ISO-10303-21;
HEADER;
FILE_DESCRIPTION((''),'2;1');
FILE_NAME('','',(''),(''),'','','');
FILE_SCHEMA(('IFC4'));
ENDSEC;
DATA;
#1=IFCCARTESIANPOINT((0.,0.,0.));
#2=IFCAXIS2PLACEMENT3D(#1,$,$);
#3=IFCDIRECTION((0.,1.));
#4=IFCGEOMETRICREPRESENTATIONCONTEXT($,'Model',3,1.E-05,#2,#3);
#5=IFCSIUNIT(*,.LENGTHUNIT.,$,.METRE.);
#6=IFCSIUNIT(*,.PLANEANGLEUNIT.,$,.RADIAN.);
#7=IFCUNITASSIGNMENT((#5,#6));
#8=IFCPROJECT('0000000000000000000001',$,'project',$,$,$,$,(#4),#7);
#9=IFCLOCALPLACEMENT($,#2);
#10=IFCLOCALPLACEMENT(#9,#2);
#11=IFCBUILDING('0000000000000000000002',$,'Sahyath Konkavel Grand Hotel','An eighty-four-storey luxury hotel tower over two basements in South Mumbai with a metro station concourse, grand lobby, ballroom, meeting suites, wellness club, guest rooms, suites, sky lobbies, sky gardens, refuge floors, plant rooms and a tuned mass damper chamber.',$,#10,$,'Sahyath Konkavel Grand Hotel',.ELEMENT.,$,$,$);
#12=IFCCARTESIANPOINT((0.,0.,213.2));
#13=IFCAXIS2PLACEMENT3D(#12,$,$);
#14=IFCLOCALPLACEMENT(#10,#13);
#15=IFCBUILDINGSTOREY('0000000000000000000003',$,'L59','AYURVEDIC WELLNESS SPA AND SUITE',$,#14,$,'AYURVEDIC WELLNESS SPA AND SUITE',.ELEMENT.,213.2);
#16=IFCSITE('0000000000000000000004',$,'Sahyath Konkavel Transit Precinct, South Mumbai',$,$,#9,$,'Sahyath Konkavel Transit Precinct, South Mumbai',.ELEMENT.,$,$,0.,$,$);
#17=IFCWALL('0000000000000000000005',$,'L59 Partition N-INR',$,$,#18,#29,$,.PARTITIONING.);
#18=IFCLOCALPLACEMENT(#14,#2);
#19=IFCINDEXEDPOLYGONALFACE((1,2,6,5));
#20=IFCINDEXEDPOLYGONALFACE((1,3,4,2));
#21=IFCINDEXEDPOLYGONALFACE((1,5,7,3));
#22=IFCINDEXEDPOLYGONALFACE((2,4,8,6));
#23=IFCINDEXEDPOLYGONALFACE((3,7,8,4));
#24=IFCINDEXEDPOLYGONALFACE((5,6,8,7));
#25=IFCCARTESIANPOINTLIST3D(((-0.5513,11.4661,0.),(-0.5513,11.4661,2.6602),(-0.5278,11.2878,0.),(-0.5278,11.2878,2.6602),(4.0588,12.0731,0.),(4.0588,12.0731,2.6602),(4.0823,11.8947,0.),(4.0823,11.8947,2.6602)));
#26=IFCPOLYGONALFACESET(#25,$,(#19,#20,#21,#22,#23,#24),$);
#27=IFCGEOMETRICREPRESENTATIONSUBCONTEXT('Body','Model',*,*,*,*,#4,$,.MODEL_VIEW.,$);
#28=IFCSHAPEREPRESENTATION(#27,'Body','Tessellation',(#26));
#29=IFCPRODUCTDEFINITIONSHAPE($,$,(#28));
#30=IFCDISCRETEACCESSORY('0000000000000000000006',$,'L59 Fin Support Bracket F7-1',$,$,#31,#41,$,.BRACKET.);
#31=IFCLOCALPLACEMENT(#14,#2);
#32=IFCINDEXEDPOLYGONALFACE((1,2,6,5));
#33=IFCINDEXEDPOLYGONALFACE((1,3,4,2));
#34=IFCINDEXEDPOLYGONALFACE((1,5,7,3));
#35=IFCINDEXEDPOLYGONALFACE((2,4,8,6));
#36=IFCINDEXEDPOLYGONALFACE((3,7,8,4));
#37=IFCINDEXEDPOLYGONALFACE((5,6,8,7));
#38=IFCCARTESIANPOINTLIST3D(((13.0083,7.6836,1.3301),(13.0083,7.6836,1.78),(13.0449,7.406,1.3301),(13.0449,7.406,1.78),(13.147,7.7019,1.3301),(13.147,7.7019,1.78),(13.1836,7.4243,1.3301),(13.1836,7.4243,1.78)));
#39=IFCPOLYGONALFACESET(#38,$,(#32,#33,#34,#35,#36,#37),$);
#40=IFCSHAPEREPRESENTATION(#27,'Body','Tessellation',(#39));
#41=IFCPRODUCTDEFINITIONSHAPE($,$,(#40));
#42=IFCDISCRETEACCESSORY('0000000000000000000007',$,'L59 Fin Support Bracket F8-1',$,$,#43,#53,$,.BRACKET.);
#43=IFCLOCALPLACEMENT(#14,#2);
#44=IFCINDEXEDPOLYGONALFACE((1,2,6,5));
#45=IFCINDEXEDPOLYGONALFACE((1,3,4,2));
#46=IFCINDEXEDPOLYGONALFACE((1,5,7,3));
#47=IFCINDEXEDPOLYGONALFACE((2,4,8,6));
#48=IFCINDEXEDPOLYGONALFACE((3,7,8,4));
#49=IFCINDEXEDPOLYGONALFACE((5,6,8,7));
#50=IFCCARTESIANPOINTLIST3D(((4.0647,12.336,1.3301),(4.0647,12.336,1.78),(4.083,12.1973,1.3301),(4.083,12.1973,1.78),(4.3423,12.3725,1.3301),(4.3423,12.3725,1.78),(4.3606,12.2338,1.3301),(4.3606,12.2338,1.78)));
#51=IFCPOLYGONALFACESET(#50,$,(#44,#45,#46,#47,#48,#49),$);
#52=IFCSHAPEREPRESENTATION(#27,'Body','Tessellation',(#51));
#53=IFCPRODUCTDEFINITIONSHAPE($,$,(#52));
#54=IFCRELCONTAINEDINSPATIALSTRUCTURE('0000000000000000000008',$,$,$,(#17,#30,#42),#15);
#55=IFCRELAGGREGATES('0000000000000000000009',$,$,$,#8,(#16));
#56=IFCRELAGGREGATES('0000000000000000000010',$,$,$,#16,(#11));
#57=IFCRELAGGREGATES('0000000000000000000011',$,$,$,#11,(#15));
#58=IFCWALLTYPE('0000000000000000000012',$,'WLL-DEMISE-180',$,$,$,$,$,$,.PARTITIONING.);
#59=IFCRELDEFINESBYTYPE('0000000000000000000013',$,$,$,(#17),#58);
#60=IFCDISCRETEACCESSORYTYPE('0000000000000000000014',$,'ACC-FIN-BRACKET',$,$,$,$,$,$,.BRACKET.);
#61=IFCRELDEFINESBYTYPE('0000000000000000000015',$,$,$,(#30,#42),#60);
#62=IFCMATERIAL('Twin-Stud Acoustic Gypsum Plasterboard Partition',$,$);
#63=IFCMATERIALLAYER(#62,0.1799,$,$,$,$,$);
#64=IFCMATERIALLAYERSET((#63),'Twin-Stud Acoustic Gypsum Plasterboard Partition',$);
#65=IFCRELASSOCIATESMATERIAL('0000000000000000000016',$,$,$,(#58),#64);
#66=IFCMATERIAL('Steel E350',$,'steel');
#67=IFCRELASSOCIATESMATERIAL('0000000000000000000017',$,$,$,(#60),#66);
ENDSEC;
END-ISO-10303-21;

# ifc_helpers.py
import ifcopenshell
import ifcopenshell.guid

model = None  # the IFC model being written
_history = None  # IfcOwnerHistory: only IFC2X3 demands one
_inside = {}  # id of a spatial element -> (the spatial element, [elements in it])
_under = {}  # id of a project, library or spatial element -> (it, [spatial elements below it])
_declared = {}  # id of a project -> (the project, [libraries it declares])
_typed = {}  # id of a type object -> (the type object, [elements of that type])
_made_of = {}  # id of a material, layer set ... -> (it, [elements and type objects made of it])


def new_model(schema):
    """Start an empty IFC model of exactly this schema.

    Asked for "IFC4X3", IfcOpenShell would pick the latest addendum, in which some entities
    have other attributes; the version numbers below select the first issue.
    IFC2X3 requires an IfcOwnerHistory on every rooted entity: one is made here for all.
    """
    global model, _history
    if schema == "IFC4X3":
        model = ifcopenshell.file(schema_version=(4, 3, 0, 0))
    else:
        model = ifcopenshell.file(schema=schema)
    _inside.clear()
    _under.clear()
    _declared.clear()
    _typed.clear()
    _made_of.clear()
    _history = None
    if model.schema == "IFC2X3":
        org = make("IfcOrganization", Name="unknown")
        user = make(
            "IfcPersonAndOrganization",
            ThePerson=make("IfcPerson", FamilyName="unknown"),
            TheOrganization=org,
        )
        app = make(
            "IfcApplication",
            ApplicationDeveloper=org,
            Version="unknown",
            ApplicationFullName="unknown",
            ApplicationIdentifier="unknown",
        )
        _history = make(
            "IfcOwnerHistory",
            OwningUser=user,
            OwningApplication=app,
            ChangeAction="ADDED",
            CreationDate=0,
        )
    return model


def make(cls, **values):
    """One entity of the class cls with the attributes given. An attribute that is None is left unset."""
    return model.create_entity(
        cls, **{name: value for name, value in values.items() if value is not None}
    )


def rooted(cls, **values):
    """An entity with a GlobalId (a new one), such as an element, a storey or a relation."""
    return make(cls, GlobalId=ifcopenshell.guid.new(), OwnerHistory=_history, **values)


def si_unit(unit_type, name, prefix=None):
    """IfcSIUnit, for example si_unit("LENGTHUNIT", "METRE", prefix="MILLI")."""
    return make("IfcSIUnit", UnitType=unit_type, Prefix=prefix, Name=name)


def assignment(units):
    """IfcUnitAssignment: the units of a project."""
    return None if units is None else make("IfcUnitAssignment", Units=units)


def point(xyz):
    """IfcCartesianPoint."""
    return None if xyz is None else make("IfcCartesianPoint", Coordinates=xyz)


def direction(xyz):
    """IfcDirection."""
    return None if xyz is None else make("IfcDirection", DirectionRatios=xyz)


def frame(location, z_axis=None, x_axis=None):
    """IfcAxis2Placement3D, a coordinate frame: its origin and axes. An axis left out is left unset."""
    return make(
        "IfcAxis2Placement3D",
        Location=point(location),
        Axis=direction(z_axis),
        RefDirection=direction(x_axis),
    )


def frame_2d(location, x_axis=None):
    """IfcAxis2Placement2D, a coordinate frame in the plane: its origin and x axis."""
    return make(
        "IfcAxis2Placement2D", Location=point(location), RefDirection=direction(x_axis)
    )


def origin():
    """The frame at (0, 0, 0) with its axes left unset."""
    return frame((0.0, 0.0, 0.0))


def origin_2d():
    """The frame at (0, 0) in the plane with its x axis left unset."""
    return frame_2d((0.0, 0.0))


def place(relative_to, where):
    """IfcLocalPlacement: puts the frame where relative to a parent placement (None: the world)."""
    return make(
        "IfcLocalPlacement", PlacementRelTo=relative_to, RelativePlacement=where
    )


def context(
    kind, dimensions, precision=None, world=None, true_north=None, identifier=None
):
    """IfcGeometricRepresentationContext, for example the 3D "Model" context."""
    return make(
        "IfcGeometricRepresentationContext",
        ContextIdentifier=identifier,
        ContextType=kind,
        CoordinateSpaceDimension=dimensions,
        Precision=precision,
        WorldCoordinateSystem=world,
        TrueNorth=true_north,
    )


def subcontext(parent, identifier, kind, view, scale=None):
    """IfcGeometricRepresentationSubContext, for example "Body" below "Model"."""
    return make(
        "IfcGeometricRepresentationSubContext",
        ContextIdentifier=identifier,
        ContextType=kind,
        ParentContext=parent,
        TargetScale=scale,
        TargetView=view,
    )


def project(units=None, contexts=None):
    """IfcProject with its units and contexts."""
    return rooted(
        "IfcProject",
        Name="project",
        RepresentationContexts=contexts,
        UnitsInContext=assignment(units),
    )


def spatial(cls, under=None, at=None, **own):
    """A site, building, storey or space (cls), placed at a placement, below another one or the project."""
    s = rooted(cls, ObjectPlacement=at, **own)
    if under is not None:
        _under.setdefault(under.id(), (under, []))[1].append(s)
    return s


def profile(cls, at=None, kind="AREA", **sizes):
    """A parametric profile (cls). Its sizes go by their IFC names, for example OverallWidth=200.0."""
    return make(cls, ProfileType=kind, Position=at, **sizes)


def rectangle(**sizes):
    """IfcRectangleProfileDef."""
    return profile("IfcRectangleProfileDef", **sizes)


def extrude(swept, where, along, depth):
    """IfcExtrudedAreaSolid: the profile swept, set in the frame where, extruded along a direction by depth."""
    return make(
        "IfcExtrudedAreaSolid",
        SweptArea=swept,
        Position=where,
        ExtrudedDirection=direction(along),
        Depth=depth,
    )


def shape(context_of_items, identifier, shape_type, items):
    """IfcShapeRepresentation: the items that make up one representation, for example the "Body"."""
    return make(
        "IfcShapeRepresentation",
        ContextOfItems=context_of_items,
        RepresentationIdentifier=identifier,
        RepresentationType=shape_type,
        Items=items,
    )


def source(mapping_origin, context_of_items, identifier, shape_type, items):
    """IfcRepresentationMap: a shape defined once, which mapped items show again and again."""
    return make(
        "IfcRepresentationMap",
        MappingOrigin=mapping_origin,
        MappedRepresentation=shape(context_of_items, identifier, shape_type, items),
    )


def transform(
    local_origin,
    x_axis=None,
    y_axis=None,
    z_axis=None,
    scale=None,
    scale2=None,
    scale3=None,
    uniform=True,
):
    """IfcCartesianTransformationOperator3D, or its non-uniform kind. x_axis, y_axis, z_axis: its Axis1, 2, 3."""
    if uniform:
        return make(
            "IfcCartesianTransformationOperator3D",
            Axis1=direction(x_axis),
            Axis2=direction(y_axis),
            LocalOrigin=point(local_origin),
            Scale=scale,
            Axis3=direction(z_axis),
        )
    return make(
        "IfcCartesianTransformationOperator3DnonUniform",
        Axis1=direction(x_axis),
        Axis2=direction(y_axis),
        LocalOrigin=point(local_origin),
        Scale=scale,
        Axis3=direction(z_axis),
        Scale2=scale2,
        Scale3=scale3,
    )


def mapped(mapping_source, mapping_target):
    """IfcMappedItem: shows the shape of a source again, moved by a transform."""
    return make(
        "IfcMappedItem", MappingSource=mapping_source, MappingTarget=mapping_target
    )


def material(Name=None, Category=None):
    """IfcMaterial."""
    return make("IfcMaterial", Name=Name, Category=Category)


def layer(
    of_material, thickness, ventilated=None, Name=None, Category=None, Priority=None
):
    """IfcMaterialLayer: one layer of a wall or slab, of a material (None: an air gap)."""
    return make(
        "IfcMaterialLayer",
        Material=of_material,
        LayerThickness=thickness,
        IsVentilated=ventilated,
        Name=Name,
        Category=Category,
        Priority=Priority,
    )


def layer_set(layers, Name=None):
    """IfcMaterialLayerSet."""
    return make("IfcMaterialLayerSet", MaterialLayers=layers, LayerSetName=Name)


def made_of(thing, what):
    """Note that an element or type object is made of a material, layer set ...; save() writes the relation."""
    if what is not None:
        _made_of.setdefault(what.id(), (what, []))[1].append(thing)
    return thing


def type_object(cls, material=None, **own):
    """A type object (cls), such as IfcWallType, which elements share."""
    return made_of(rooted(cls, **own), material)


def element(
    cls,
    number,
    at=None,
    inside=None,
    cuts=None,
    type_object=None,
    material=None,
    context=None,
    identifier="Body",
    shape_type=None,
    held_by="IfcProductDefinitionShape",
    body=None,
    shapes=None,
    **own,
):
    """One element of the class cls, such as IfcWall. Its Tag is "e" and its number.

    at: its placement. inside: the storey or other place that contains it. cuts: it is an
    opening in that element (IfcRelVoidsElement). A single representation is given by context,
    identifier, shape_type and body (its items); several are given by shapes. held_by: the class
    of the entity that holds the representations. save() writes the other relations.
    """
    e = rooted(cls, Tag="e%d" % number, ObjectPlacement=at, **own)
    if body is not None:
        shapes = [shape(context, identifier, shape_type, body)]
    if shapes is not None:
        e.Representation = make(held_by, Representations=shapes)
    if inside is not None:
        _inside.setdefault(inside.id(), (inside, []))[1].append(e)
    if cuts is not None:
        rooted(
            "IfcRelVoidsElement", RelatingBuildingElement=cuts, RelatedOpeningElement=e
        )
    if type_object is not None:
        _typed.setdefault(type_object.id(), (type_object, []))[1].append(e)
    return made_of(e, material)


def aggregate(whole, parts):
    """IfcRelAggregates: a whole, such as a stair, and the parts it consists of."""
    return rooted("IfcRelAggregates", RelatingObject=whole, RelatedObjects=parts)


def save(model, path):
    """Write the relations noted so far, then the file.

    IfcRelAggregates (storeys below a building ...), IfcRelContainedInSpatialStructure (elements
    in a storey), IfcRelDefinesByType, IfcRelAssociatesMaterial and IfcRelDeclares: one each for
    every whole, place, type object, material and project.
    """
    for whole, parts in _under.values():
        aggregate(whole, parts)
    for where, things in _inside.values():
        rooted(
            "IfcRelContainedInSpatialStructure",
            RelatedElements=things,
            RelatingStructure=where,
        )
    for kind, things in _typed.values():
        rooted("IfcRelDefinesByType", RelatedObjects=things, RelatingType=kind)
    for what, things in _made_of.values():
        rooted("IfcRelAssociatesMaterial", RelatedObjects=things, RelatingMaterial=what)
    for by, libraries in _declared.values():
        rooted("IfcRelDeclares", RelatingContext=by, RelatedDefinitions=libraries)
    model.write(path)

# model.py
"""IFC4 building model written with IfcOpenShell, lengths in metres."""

from ifc_helpers import new_model, si_unit, direction, frame, frame_2d, origin, origin_2d, place, context, subcontext, project, spatial, rectangle, extrude, source, transform, mapped, material, layer, layer_set, type_object, element, save


model = new_model("IFC4")

# Units and contexts
model_context = context("Model", 3, precision=1e-05, world=origin(), true_north=direction((0.0, 1.0)))
body_context = subcontext(model_context, "Body", "Model", "MODEL_VIEW")
ifc_project = project(units=[si_unit("LENGTHUNIT", "METRE"), si_unit("PLANEANGLEUNIT", "RADIAN")], contexts=[model_context])

# Site, building, storey
site_placement = place(None, origin())
site = spatial("IfcSite", under=ifc_project, at=site_placement, Name="Sahyath Konkavel Transit Precinct, South Mumbai", LongName="Sahyath Konkavel Transit Precinct, South Mumbai", CompositionType="ELEMENT", RefElevation=0.0)
building_placement = place(site_placement, origin())
building = spatial("IfcBuilding", under=site, at=building_placement, Name="Sahyath Konkavel Grand Hotel", Description="An eighty-four-storey luxury hotel tower over two basements in South Mumbai with a metro station concourse, grand lobby, ballroom, meeting suites, wellness club, guest rooms, suites, sky lobbies, sky gardens, refuge floors, plant rooms and a tuned mass damper chamber.", LongName="Sahyath Konkavel Grand Hotel", CompositionType="ELEMENT")
storey_placement = place(building_placement, frame((0.0, 0.0, 213.2)))
storey = spatial("IfcBuildingStorey", under=building, at=storey_placement, Name="L59", Description="AYURVEDIC WELLNESS SPA AND SUITE", LongName="AYURVEDIC WELLNESS SPA AND SUITE", CompositionType="ELEMENT", Elevation=213.2)

# Shared definitions
ifc_material_1 = material(Name="Steel E350", Category="steel")

# Wall
ifc_material_2 = material(Name="Twin-Stud Acoustic Gypsum Plasterboard Partition")
ifc_layer_1 = layer(ifc_material_2, 0.1799)
ifc_layer_set_1 = layer_set([ifc_layer_1], Name="Twin-Stud Acoustic Gypsum Plasterboard Partition")
wall_type_1 = type_object("IfcWallType", Name="WLL-DEMISE-180", PredefinedType="PARTITIONING", material=ifc_layer_set_1)
wall_1_placement = place(storey_placement, frame((4.0706, 11.9839, 0.0), z_axis=(0.0, 0.0, 1.0), x_axis=(-0.991445, -0.130526, 0.0)))
element("IfcWall", 1, at=wall_1_placement, inside=storey, type_object=wall_type_1, Name="L59 Partition N-INR", PredefinedType="PARTITIONING", context=body_context, shape_type="SweptSolid", body=[
    extrude(rectangle(XDim=4.6499, YDim=0.1799, at=frame_2d((2.325, 0.0))), origin(), (0.0, 0.0, 1.0), 2.6602),
])

# Discrete accessories
discrete_accessory_type = type_object("IfcDiscreteAccessoryType", Name="ACC-FIN-BRACKET", PredefinedType="BRACKET", material=ifc_material_1)
shared_shape_1 = source(origin(), body_context, "Body", "SweptSolid", [
    extrude(rectangle(XDim=0.28, YDim=0.1399, at=origin_2d()), origin(), (0.0, 0.0, 1.0), 0.45),
])
for number, where, z_axis, x_axis, name in (
    (2, (13.0959, 7.554, 1.3301), (0.0, 0.0, 1.0), (-0.130526, 0.991445, 0.0), "L59 Fin Support Bracket F7-1"),
    (3, (4.2126, 12.2849, 1.3301), (0.0, 0.0, 1.0), (0.991445, 0.130526, 0.0), "L59 Fin Support Bracket F8-1"),
):
    element("IfcDiscreteAccessory", number, at=place(storey_placement, frame(where, z_axis=z_axis, x_axis=x_axis)), inside=storey, type_object=discrete_accessory_type, Name=name, PredefinedType="BRACKET", context=body_context, shape_type="MappedRepresentation", body=[
        mapped(shared_shape_1, transform((0.0, 0.0, 0.0), scale=1.0)),
    ])

save(model, "model.ifc")
